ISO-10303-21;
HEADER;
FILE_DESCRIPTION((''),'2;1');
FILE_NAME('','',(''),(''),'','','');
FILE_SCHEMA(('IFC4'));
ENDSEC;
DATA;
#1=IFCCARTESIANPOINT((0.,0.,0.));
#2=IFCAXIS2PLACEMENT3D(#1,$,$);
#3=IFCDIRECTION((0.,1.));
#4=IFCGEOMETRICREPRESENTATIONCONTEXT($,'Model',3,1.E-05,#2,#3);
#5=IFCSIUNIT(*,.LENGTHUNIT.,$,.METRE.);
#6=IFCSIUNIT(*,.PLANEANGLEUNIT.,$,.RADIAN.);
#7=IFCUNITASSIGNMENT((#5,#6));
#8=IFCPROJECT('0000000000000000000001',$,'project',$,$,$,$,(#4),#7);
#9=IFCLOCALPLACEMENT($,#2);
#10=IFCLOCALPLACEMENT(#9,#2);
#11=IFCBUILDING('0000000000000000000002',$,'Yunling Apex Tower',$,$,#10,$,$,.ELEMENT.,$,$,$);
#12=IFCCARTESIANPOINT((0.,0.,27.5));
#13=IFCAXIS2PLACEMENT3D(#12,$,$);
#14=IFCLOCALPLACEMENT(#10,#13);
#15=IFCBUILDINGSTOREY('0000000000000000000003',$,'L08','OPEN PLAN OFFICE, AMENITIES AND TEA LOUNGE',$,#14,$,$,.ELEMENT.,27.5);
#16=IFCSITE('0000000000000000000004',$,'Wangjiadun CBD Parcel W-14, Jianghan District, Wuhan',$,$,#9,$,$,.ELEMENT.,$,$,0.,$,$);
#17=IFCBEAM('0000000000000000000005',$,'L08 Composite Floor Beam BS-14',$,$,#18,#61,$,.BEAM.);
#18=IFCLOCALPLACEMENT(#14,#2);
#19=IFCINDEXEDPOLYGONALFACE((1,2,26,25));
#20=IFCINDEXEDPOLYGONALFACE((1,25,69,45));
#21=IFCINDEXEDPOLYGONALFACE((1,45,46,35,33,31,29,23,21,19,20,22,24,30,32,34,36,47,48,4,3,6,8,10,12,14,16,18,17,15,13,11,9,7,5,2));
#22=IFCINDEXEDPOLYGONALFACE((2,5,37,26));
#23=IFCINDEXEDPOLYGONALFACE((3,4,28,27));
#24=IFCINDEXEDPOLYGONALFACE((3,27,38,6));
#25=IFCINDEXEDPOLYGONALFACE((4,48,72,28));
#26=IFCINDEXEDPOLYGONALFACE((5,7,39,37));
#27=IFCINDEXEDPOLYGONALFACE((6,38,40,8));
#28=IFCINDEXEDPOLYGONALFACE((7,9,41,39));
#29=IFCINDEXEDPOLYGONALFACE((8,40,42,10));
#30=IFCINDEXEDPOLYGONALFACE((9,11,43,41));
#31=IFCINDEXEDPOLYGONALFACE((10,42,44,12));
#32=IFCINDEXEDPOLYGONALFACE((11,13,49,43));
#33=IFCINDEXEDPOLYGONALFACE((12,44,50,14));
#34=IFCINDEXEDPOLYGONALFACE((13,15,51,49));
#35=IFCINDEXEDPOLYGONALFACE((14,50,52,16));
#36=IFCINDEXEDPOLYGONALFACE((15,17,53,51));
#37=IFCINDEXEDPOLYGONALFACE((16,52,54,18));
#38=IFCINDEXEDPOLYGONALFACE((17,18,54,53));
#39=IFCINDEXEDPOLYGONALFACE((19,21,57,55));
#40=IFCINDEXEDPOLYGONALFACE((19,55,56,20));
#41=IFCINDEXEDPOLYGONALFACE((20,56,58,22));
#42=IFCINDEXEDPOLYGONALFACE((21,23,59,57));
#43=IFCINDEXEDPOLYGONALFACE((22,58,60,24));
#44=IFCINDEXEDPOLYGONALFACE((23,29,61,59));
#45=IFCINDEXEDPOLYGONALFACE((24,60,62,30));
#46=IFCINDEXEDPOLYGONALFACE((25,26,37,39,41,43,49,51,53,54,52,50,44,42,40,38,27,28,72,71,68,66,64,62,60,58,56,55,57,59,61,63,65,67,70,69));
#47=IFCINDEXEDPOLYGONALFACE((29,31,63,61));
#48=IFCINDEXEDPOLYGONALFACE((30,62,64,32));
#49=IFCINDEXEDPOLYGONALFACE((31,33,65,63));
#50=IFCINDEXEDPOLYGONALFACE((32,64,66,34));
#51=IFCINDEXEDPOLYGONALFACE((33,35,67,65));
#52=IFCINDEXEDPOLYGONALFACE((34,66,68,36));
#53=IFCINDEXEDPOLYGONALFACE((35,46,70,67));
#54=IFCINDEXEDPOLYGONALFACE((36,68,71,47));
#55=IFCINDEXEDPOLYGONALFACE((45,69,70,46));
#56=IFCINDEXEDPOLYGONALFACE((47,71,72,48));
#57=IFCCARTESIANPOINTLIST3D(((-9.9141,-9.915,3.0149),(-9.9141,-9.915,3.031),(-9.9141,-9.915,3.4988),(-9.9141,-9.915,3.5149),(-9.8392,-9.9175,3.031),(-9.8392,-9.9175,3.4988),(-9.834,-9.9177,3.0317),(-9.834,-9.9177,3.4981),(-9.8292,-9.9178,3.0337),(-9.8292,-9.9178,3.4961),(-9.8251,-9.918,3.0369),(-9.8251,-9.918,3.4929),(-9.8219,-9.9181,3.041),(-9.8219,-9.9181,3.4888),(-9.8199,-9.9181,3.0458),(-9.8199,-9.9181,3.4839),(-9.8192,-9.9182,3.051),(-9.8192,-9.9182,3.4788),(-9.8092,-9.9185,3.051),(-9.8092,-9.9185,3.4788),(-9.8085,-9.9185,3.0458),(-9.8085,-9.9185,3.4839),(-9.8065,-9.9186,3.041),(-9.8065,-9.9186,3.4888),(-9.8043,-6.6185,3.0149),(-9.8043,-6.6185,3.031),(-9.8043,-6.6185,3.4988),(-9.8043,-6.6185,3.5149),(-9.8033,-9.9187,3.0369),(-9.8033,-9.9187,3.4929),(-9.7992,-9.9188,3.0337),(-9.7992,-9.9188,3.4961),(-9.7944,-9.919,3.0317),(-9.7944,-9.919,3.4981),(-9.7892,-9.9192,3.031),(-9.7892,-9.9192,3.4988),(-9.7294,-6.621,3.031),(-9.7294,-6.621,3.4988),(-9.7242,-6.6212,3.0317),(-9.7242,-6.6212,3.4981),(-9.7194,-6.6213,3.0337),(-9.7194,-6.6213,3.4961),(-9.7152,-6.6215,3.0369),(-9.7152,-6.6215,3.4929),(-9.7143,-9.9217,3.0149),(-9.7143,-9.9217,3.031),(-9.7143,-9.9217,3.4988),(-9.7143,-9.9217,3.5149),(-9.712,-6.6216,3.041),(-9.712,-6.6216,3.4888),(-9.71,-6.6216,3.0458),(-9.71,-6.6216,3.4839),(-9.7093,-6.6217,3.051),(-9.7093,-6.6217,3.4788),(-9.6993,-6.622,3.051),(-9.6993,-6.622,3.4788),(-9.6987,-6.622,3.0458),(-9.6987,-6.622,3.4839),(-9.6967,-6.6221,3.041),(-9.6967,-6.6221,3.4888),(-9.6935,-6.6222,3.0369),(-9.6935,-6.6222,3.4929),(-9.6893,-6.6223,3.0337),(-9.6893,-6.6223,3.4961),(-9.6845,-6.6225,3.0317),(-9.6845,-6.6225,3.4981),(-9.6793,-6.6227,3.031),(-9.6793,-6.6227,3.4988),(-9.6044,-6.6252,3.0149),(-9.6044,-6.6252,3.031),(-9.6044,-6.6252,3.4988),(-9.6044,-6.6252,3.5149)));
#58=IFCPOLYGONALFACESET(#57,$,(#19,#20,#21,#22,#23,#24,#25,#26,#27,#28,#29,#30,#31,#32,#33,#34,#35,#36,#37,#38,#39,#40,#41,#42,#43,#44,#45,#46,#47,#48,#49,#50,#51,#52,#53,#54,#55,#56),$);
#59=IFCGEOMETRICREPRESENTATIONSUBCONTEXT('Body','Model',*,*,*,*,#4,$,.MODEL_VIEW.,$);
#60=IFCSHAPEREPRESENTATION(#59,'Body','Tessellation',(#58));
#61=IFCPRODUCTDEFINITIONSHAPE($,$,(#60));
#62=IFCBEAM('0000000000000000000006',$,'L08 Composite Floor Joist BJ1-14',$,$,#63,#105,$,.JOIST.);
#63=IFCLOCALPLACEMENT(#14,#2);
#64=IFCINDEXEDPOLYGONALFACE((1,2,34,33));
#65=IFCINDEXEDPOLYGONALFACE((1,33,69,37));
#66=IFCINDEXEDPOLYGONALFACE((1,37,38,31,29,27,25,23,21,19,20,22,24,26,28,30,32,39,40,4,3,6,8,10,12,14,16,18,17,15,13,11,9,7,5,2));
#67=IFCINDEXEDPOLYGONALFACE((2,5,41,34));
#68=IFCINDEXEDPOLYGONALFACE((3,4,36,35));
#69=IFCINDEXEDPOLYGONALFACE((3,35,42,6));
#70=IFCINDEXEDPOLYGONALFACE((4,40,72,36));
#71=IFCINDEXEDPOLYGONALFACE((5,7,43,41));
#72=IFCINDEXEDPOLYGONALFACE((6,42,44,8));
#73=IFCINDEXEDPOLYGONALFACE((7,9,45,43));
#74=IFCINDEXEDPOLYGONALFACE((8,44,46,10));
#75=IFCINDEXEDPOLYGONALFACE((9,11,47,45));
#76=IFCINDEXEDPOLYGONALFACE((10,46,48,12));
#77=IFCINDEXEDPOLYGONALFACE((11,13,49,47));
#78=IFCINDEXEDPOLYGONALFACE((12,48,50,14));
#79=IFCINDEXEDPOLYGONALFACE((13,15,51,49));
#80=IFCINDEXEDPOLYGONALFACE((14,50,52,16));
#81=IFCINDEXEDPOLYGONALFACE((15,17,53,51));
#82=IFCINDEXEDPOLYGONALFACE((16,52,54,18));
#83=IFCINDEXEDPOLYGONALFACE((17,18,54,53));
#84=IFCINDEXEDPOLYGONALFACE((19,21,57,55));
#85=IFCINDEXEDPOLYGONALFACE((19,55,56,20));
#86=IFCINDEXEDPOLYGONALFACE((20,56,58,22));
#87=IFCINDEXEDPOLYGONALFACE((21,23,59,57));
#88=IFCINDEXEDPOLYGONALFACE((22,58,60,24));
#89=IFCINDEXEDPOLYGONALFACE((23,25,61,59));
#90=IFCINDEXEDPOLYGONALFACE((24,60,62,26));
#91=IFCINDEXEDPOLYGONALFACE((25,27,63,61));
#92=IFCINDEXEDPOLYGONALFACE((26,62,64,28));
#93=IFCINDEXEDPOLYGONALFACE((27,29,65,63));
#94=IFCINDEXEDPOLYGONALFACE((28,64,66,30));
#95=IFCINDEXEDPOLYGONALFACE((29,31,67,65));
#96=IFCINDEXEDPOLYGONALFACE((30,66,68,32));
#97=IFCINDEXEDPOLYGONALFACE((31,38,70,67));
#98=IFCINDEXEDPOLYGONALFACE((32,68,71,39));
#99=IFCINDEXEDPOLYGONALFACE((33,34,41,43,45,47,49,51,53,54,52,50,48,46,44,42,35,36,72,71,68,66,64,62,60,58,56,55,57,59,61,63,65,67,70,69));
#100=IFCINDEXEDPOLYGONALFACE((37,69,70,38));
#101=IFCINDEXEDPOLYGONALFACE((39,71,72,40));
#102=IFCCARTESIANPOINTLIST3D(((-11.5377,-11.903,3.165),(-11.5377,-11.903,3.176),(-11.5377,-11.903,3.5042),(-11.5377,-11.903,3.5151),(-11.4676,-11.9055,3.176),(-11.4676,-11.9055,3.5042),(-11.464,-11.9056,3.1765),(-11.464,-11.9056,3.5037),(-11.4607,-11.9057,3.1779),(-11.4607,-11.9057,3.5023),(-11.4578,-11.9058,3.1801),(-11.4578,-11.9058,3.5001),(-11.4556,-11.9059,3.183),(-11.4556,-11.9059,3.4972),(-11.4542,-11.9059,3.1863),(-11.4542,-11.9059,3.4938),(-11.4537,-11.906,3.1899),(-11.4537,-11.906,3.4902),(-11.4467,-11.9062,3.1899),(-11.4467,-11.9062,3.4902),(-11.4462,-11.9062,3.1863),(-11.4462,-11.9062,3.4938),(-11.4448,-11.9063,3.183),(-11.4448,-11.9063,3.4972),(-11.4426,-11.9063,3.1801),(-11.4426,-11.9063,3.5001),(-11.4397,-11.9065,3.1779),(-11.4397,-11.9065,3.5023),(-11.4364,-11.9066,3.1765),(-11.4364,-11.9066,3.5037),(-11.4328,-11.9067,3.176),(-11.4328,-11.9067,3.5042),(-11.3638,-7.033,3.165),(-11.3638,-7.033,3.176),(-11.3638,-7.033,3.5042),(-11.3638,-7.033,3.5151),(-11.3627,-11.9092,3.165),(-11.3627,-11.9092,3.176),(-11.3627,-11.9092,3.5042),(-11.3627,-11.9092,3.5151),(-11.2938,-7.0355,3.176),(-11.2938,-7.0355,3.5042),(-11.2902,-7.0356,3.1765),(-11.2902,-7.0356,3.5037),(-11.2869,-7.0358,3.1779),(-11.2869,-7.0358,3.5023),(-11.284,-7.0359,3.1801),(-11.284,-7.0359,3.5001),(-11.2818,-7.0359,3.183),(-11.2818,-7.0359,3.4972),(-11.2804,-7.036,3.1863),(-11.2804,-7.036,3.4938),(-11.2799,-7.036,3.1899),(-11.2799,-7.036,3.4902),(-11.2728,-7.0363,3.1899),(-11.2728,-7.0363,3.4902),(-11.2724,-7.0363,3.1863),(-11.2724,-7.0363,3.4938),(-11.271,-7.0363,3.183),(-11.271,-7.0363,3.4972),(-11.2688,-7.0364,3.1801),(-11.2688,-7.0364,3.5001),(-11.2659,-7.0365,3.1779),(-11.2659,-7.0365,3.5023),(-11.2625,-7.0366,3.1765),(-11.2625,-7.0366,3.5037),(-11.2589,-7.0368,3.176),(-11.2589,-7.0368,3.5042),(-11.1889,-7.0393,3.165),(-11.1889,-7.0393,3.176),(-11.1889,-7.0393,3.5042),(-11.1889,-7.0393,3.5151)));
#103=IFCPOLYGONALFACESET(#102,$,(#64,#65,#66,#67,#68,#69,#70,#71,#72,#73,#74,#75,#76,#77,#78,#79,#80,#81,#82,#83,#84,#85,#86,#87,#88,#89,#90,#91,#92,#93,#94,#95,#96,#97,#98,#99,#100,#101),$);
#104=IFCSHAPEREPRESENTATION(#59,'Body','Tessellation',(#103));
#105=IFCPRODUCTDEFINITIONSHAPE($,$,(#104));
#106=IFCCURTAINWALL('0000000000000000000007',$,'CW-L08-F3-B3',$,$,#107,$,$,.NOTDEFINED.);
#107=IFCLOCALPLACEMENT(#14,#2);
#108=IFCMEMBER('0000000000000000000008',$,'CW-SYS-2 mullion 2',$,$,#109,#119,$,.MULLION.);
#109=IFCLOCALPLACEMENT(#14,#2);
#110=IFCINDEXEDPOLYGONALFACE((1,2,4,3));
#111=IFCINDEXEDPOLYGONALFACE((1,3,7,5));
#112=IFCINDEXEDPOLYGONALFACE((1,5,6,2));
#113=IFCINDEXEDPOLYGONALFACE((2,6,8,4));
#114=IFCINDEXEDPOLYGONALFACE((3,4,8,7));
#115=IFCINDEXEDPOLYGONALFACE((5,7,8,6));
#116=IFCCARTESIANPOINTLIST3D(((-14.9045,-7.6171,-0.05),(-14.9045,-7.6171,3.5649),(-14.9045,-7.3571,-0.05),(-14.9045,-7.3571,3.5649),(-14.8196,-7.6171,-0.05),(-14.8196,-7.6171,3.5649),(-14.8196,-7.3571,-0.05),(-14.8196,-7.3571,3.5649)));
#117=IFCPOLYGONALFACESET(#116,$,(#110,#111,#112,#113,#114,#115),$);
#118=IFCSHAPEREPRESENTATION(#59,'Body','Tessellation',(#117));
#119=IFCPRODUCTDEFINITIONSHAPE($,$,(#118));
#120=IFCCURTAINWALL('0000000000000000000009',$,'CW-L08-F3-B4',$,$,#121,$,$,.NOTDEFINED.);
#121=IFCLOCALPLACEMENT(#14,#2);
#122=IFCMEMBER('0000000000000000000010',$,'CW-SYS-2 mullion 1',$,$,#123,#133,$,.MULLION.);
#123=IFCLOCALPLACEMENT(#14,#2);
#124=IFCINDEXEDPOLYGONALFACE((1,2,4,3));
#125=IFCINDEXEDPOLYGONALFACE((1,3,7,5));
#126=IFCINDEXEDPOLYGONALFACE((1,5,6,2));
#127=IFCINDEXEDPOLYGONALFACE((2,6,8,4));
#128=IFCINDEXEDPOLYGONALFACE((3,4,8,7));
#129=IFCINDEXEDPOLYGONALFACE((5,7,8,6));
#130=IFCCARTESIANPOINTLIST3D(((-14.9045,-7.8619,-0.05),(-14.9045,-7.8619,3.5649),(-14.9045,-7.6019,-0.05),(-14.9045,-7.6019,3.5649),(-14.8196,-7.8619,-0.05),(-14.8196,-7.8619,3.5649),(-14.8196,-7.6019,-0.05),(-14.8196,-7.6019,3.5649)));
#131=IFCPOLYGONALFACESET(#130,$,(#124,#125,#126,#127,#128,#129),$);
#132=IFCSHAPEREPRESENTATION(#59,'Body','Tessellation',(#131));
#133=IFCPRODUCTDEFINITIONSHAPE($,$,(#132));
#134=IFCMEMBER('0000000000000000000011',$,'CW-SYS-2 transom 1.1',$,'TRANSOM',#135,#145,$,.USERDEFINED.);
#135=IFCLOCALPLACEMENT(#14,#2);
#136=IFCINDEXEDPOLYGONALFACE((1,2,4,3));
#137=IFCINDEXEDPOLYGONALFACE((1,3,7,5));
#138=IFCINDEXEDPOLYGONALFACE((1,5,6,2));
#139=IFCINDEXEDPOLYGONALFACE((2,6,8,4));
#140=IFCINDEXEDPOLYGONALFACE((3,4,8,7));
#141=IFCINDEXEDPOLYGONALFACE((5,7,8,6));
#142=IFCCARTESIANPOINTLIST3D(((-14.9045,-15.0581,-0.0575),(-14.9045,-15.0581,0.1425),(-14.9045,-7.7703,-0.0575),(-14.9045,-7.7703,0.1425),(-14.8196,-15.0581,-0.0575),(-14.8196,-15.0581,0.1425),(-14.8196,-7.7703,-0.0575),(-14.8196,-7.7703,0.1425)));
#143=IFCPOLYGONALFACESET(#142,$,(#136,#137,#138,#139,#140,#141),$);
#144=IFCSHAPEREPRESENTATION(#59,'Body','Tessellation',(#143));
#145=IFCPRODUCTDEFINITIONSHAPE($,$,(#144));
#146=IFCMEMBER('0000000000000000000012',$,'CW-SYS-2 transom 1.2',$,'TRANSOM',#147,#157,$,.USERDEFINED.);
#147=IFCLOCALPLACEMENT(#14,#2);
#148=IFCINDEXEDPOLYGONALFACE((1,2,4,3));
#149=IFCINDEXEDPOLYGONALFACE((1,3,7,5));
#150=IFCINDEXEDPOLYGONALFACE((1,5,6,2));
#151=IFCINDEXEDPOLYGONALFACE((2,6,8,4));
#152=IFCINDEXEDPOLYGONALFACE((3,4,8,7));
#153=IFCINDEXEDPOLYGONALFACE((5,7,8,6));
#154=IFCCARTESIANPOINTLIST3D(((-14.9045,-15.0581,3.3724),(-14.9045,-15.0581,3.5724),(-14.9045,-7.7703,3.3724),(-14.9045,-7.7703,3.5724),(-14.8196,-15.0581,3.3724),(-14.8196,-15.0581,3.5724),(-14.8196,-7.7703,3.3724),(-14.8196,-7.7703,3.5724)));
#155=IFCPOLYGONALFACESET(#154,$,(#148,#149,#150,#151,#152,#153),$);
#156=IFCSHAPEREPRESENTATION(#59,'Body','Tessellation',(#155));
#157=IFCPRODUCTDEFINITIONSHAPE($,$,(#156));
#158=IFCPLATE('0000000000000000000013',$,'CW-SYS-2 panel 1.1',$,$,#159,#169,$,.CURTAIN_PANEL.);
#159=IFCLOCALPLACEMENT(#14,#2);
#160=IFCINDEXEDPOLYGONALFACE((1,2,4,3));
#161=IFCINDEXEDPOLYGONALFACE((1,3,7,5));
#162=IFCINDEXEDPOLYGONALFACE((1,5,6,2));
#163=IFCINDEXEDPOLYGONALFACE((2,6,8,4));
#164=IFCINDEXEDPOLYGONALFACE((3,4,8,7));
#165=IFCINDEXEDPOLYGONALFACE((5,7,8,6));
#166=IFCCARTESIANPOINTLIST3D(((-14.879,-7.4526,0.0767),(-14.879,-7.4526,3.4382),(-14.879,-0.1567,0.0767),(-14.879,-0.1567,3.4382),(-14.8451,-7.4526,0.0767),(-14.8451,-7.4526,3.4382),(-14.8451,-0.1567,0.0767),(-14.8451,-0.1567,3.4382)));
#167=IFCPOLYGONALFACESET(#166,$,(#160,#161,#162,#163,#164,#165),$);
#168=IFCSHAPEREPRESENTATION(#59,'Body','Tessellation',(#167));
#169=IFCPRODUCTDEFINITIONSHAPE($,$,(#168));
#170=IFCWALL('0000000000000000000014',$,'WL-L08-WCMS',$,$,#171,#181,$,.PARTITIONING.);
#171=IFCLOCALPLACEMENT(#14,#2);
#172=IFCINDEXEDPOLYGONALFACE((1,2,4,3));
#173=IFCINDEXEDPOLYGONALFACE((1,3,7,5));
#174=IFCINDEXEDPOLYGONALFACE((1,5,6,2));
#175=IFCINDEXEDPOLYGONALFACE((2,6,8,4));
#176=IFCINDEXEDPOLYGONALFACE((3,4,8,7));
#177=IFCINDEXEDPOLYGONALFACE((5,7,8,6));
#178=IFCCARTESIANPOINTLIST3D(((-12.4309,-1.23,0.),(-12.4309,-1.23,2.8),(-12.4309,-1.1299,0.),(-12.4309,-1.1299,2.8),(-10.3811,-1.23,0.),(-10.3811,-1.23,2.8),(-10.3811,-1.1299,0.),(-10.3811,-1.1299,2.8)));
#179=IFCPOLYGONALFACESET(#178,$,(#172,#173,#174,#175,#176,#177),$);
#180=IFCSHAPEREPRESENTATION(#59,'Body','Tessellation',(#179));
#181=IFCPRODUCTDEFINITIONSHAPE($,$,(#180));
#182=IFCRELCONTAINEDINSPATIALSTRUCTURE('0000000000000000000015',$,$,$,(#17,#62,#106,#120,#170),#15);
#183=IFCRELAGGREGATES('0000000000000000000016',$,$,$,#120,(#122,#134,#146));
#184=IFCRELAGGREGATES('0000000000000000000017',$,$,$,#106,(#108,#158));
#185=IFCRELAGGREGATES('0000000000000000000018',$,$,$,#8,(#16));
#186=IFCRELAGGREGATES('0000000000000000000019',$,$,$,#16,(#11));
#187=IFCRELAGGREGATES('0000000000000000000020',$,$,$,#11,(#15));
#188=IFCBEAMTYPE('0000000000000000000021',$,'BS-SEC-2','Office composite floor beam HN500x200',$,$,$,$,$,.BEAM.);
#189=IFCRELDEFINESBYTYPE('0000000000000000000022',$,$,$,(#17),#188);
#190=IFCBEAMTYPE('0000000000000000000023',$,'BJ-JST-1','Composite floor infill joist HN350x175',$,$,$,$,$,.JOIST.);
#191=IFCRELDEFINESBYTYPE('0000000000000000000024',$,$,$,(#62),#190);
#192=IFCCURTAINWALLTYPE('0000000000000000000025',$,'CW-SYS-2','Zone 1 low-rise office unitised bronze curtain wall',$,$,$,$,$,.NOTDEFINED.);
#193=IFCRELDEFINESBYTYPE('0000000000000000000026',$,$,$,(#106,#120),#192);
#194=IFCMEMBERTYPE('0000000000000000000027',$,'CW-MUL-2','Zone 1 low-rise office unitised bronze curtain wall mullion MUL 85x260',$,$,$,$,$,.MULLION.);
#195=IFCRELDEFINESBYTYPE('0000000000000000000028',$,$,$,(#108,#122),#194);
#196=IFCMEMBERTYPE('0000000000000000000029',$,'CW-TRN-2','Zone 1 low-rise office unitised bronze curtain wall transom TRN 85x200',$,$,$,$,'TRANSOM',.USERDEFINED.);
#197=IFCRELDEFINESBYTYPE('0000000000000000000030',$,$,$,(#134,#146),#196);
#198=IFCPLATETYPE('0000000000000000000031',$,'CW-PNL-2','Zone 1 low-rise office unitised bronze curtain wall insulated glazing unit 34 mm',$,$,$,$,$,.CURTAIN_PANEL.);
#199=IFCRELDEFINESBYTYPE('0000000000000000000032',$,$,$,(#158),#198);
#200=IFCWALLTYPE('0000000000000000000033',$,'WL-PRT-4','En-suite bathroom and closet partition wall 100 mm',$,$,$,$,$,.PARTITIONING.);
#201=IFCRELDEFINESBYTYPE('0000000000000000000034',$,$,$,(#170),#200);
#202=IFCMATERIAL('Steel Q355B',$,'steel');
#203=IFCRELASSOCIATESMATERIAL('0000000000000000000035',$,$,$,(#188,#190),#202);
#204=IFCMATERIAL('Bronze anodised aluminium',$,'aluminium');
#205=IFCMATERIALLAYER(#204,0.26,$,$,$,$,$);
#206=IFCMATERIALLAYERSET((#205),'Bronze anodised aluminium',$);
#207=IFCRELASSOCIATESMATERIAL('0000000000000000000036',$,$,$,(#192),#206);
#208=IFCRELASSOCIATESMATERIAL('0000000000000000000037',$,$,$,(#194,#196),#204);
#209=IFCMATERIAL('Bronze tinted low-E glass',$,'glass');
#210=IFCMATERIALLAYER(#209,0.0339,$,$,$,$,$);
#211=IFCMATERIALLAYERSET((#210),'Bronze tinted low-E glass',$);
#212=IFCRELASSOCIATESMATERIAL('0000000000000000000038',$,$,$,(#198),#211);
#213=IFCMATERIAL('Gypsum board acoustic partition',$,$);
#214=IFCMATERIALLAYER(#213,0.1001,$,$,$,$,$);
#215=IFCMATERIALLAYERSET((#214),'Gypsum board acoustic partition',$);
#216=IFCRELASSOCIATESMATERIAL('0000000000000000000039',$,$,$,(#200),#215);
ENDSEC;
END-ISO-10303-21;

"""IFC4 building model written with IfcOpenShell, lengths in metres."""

from ifc_helpers import new_model, si_unit, direction, frame, frame_2d, origin, origin_2d, place, context, subcontext, project, spatial, rectangle, i_section, extrude, source, transform, mapped, material, layer, layer_set, material_profile, profile_set, type_object, element, aggregate, save


model = new_model("IFC4")

# Units and contexts
model_context = context("Model", 3, precision=1e-05, world=origin(), true_north=direction((0.0, 1.0)))
body_context = subcontext(model_context, "Body", "Model", "MODEL_VIEW")
ifc_project = project(units=[si_unit("LENGTHUNIT", "METRE"), si_unit("PLANEANGLEUNIT", "RADIAN")], contexts=[model_context])

# Site, building, storey
site_placement = place(None, origin())
site = spatial("IfcSite", under=ifc_project, at=site_placement, Name="Wangjiadun CBD Parcel W-14, Jianghan District, Wuhan", CompositionType="ELEMENT", RefElevation=0.0)
building_placement = place(site_placement, origin())
building = spatial("IfcBuilding", under=site, at=building_placement, Name="Yunling Apex Tower", CompositionType="ELEMENT")
storey_placement = place(building_placement, frame((0.0, 0.0, 27.5)))
storey = spatial("IfcBuildingStorey", under=building, at=storey_placement, Name="L08", Description="OPEN PLAN OFFICE, AMENITIES AND TEA LOUNGE", CompositionType="ELEMENT", Elevation=27.5)

# Beams
ifc_material_1 = material(Name="Steel Q355B", Category="steel")
ifc_material_profile_1 = material_profile(ifc_material_1, i_section(OverallWidth=0.2, OverallDepth=0.5, WebThickness=0.01, FlangeThickness=0.0161, FilletRadius=0.02, at=origin_2d()))
ifc_profile_set_1 = profile_set([ifc_material_profile_1], Name="Steel Q355B")
beam_type_1 = type_object("IfcBeamType", Name="BS-SEC-2", Description="Office composite floor beam HN500x200", PredefinedType="BEAM", material=ifc_profile_set_1)
ifc_material_profile_2 = material_profile(ifc_material_1, i_section(OverallWidth=0.175, OverallDepth=0.3501, WebThickness=0.0071, FlangeThickness=0.011, FilletRadius=0.0139, at=origin_2d()))
ifc_profile_set_2 = profile_set([ifc_material_profile_2], Name="Steel Q355B")
beam_type_2 = type_object("IfcBeamType", Name="BJ-JST-1", Description="Composite floor infill joist HN350x175", PredefinedType="JOIST", material=ifc_profile_set_2)
shared_shape_1 = source(origin(), body_context, "Body", "SweptSolid", [
    extrude(i_section(OverallWidth=0.2, OverallDepth=0.5, WebThickness=0.01, FlangeThickness=0.0161, FilletRadius=0.02, at=origin_2d()), origin(), (0.0, 0.0, 1.0), 3.2983),
])
beam_1_placement = place(storey_placement, frame((-9.7043, -6.6218, 3.2649), z_axis=(-0.033307, -0.999445, 0.0), x_axis=(0.999445, -0.033307, 0.0)))
element("IfcBeam", 1, at=beam_1_placement, inside=storey, type_object=beam_type_1, Name="L08 Composite Floor Beam BS-14", PredefinedType="BEAM", context=body_context, shape_type="MappedRepresentation", body=[
    mapped(shared_shape_1, transform((0.0, 0.0, 0.0), scale=1.0)),
])
shared_shape_2 = source(origin(), body_context, "Body", "SweptSolid", [
    extrude(i_section(OverallWidth=0.175, OverallDepth=0.3501, WebThickness=0.0071, FlangeThickness=0.011, FilletRadius=0.0139, at=origin_2d()), origin(), (0.0, 0.0, 1.0), 4.873),
])
beam_2_placement = place(storey_placement, frame((-11.2764, -7.0361, 3.3401), z_axis=(-0.035672, -0.999364, 0.0), x_axis=(0.999364, -0.035672, 0.0)))
element("IfcBeam", 2, at=beam_2_placement, inside=storey, type_object=beam_type_2, Name="L08 Composite Floor Joist BJ1-14", PredefinedType="JOIST", context=body_context, shape_type="MappedRepresentation", body=[
    mapped(shared_shape_2, transform((0.0, 0.0, 0.0), scale=1.0)),
])

# Curtain wall, member
ifc_material_2 = material(Name="Bronze anodised aluminium", Category="aluminium")
ifc_layer_1 = layer(ifc_material_2, 0.26)
ifc_layer_set_1 = layer_set([ifc_layer_1], Name="Bronze anodised aluminium")
curtain_wall_type = type_object("IfcCurtainWallType", Name="CW-SYS-2", Description="Zone 1 low-rise office unitised bronze curtain wall", PredefinedType="NOTDEFINED", material=ifc_layer_set_1)
curtain_wall_1_placement = place(storey_placement, origin())
curtain_wall_1 = element("IfcCurtainWall", 3, at=curtain_wall_1_placement, inside=storey, type_object=curtain_wall_type, Name="CW-L08-F3-B3", PredefinedType="NOTDEFINED")
ifc_material_profile_3 = material_profile(ifc_material_2, rectangle(XDim=0.085, YDim=0.26, at=origin_2d()))
ifc_profile_set_3 = profile_set([ifc_material_profile_3], Name="Bronze anodised aluminium")
member_type_1 = type_object("IfcMemberType", Name="CW-MUL-2", Description="Zone 1 low-rise office unitised bronze curtain wall mullion MUL 85x260", PredefinedType="MULLION", material=ifc_profile_set_3)
shared_shape_3 = source(origin(), body_context, "Body", "SweptSolid", [
    extrude(rectangle(XDim=0.085, YDim=0.26, at=origin_2d()), origin(), (0.0, 0.0, 1.0), 3.615),
])
member_1_placement = place(storey_placement, frame((-14.8621, -7.4871, -0.05), z_axis=(0.0, 0.0, 1.0), x_axis=(1.0, 0.0, 0.0)))
member_1 = element("IfcMember", 4, at=member_1_placement, type_object=member_type_1, Name="CW-SYS-2 mullion 2", PredefinedType="MULLION", context=body_context, shape_type="MappedRepresentation", body=[
    mapped(shared_shape_3, transform((0.0, 0.0, 0.0), scale=1.0)),
])

# Curtain wall, members
curtain_wall_2_placement = place(storey_placement, origin())
curtain_wall_2 = element("IfcCurtainWall", 5, at=curtain_wall_2_placement, inside=storey, type_object=curtain_wall_type, Name="CW-L08-F3-B4", PredefinedType="NOTDEFINED")
member_2_placement = place(storey_placement, frame((-14.8621, -7.7319, -0.05), z_axis=(0.0, 0.0, 1.0), x_axis=(1.0, 0.0, 0.0)))
member_2 = element("IfcMember", 6, at=member_2_placement, type_object=member_type_1, Name="CW-SYS-2 mullion 1", PredefinedType="MULLION", context=body_context, shape_type="MappedRepresentation", body=[
    mapped(shared_shape_3, transform((0.0, 0.0, 0.0), scale=1.0)),
])
ifc_material_profile_4 = material_profile(ifc_material_2, rectangle(XDim=0.085, YDim=0.2, at=origin_2d()))
ifc_profile_set_4 = profile_set([ifc_material_profile_4], Name="Bronze anodised aluminium")
member_type_2 = type_object("IfcMemberType", Name="CW-TRN-2", Description="Zone 1 low-rise office unitised bronze curtain wall transom TRN 85x200", ElementType="TRANSOM", PredefinedType="USERDEFINED", material=ifc_profile_set_4)
shared_shape_4 = source(origin(), body_context, "Body", "SweptSolid", [
    extrude(rectangle(XDim=0.085, YDim=0.2, at=origin_2d()), origin(), (0.0, 0.0, 1.0), 7.2878),
])
member_3_placement = place(storey_placement, frame((-14.8621, -7.7703, 0.0425), z_axis=(0.0, -1.0, 0.0), x_axis=(1.0, 0.0, 0.0)))
member_3 = element("IfcMember", 7, at=member_3_placement, type_object=member_type_2, Name="CW-SYS-2 transom 1.1", ObjectType="TRANSOM", PredefinedType="USERDEFINED", context=body_context, shape_type="MappedRepresentation", body=[
    mapped(shared_shape_4, transform((0.0, 0.0, 0.0), scale=1.0)),
])
member_4_placement = place(storey_placement, frame((-14.8621, -7.7703, 3.4724), z_axis=(0.0, -1.0, 0.0), x_axis=(1.0, 0.0, 0.0)))
member_4 = element("IfcMember", 8, at=member_4_placement, type_object=member_type_2, Name="CW-SYS-2 transom 1.2", ObjectType="TRANSOM", PredefinedType="USERDEFINED", context=body_context, shape_type="MappedRepresentation", body=[
    mapped(shared_shape_4, transform((0.0, 0.0, 0.0), scale=1.0)),
])
aggregate(curtain_wall_2, [member_2, member_3, member_4])

# Plate
ifc_material_3 = material(Name="Bronze tinted low-E glass", Category="glass")
ifc_layer_2 = layer(ifc_material_3, 0.0339)
ifc_layer_set_2 = layer_set([ifc_layer_2], Name="Bronze tinted low-E glass")
plate_type = type_object("IfcPlateType", Name="CW-PNL-2", Description="Zone 1 low-rise office unitised bronze curtain wall insulated glazing unit 34 mm", PredefinedType="CURTAIN_PANEL", material=ifc_layer_set_2)
shared_shape_5 = source(origin(), body_context, "Body", "SweptSolid", [
    extrude(rectangle(XDim=7.2959, YDim=0.0339, at=origin_2d()), origin(), (0.0, 0.0, 1.0), 3.3616),
])
plate_placement = place(storey_placement, frame((-14.8621, -3.8047, 0.0767), z_axis=(0.0, 0.0, 1.0), x_axis=(0.0, -1.0, 0.0)))
plate = element("IfcPlate", 9, at=plate_placement, type_object=plate_type, Name="CW-SYS-2 panel 1.1", PredefinedType="CURTAIN_PANEL", context=body_context, shape_type="MappedRepresentation", body=[
    mapped(shared_shape_5, transform((0.0, 0.0, 0.0), scale=1.0)),
])
aggregate(curtain_wall_1, [member_1, plate])

# Wall
ifc_material_4 = material(Name="Gypsum board acoustic partition")
ifc_layer_3 = layer(ifc_material_4, 0.1001)
ifc_layer_set_3 = layer_set([ifc_layer_3], Name="Gypsum board acoustic partition")
wall_type = type_object("IfcWallType", Name="WL-PRT-4", Description="En-suite bathroom and closet partition wall 100 mm", PredefinedType="PARTITIONING", material=ifc_layer_set_3)
wall_1_placement = place(storey_placement, frame((-10.3811, -1.1799, 0.0), z_axis=(0.0, 0.0, 1.0), x_axis=(-1.0, 0.0, 0.0)))
element("IfcWall", 10, at=wall_1_placement, inside=storey, type_object=wall_type, Name="WL-L08-WCMS", PredefinedType="PARTITIONING", context=body_context, shape_type="SweptSolid", body=[
    extrude(rectangle(XDim=2.0498, YDim=0.1001, at=frame_2d((1.0249, 0.0))), origin(), (0.0, 0.0, 1.0), 2.8),
])

save(model, "model.ifc")
